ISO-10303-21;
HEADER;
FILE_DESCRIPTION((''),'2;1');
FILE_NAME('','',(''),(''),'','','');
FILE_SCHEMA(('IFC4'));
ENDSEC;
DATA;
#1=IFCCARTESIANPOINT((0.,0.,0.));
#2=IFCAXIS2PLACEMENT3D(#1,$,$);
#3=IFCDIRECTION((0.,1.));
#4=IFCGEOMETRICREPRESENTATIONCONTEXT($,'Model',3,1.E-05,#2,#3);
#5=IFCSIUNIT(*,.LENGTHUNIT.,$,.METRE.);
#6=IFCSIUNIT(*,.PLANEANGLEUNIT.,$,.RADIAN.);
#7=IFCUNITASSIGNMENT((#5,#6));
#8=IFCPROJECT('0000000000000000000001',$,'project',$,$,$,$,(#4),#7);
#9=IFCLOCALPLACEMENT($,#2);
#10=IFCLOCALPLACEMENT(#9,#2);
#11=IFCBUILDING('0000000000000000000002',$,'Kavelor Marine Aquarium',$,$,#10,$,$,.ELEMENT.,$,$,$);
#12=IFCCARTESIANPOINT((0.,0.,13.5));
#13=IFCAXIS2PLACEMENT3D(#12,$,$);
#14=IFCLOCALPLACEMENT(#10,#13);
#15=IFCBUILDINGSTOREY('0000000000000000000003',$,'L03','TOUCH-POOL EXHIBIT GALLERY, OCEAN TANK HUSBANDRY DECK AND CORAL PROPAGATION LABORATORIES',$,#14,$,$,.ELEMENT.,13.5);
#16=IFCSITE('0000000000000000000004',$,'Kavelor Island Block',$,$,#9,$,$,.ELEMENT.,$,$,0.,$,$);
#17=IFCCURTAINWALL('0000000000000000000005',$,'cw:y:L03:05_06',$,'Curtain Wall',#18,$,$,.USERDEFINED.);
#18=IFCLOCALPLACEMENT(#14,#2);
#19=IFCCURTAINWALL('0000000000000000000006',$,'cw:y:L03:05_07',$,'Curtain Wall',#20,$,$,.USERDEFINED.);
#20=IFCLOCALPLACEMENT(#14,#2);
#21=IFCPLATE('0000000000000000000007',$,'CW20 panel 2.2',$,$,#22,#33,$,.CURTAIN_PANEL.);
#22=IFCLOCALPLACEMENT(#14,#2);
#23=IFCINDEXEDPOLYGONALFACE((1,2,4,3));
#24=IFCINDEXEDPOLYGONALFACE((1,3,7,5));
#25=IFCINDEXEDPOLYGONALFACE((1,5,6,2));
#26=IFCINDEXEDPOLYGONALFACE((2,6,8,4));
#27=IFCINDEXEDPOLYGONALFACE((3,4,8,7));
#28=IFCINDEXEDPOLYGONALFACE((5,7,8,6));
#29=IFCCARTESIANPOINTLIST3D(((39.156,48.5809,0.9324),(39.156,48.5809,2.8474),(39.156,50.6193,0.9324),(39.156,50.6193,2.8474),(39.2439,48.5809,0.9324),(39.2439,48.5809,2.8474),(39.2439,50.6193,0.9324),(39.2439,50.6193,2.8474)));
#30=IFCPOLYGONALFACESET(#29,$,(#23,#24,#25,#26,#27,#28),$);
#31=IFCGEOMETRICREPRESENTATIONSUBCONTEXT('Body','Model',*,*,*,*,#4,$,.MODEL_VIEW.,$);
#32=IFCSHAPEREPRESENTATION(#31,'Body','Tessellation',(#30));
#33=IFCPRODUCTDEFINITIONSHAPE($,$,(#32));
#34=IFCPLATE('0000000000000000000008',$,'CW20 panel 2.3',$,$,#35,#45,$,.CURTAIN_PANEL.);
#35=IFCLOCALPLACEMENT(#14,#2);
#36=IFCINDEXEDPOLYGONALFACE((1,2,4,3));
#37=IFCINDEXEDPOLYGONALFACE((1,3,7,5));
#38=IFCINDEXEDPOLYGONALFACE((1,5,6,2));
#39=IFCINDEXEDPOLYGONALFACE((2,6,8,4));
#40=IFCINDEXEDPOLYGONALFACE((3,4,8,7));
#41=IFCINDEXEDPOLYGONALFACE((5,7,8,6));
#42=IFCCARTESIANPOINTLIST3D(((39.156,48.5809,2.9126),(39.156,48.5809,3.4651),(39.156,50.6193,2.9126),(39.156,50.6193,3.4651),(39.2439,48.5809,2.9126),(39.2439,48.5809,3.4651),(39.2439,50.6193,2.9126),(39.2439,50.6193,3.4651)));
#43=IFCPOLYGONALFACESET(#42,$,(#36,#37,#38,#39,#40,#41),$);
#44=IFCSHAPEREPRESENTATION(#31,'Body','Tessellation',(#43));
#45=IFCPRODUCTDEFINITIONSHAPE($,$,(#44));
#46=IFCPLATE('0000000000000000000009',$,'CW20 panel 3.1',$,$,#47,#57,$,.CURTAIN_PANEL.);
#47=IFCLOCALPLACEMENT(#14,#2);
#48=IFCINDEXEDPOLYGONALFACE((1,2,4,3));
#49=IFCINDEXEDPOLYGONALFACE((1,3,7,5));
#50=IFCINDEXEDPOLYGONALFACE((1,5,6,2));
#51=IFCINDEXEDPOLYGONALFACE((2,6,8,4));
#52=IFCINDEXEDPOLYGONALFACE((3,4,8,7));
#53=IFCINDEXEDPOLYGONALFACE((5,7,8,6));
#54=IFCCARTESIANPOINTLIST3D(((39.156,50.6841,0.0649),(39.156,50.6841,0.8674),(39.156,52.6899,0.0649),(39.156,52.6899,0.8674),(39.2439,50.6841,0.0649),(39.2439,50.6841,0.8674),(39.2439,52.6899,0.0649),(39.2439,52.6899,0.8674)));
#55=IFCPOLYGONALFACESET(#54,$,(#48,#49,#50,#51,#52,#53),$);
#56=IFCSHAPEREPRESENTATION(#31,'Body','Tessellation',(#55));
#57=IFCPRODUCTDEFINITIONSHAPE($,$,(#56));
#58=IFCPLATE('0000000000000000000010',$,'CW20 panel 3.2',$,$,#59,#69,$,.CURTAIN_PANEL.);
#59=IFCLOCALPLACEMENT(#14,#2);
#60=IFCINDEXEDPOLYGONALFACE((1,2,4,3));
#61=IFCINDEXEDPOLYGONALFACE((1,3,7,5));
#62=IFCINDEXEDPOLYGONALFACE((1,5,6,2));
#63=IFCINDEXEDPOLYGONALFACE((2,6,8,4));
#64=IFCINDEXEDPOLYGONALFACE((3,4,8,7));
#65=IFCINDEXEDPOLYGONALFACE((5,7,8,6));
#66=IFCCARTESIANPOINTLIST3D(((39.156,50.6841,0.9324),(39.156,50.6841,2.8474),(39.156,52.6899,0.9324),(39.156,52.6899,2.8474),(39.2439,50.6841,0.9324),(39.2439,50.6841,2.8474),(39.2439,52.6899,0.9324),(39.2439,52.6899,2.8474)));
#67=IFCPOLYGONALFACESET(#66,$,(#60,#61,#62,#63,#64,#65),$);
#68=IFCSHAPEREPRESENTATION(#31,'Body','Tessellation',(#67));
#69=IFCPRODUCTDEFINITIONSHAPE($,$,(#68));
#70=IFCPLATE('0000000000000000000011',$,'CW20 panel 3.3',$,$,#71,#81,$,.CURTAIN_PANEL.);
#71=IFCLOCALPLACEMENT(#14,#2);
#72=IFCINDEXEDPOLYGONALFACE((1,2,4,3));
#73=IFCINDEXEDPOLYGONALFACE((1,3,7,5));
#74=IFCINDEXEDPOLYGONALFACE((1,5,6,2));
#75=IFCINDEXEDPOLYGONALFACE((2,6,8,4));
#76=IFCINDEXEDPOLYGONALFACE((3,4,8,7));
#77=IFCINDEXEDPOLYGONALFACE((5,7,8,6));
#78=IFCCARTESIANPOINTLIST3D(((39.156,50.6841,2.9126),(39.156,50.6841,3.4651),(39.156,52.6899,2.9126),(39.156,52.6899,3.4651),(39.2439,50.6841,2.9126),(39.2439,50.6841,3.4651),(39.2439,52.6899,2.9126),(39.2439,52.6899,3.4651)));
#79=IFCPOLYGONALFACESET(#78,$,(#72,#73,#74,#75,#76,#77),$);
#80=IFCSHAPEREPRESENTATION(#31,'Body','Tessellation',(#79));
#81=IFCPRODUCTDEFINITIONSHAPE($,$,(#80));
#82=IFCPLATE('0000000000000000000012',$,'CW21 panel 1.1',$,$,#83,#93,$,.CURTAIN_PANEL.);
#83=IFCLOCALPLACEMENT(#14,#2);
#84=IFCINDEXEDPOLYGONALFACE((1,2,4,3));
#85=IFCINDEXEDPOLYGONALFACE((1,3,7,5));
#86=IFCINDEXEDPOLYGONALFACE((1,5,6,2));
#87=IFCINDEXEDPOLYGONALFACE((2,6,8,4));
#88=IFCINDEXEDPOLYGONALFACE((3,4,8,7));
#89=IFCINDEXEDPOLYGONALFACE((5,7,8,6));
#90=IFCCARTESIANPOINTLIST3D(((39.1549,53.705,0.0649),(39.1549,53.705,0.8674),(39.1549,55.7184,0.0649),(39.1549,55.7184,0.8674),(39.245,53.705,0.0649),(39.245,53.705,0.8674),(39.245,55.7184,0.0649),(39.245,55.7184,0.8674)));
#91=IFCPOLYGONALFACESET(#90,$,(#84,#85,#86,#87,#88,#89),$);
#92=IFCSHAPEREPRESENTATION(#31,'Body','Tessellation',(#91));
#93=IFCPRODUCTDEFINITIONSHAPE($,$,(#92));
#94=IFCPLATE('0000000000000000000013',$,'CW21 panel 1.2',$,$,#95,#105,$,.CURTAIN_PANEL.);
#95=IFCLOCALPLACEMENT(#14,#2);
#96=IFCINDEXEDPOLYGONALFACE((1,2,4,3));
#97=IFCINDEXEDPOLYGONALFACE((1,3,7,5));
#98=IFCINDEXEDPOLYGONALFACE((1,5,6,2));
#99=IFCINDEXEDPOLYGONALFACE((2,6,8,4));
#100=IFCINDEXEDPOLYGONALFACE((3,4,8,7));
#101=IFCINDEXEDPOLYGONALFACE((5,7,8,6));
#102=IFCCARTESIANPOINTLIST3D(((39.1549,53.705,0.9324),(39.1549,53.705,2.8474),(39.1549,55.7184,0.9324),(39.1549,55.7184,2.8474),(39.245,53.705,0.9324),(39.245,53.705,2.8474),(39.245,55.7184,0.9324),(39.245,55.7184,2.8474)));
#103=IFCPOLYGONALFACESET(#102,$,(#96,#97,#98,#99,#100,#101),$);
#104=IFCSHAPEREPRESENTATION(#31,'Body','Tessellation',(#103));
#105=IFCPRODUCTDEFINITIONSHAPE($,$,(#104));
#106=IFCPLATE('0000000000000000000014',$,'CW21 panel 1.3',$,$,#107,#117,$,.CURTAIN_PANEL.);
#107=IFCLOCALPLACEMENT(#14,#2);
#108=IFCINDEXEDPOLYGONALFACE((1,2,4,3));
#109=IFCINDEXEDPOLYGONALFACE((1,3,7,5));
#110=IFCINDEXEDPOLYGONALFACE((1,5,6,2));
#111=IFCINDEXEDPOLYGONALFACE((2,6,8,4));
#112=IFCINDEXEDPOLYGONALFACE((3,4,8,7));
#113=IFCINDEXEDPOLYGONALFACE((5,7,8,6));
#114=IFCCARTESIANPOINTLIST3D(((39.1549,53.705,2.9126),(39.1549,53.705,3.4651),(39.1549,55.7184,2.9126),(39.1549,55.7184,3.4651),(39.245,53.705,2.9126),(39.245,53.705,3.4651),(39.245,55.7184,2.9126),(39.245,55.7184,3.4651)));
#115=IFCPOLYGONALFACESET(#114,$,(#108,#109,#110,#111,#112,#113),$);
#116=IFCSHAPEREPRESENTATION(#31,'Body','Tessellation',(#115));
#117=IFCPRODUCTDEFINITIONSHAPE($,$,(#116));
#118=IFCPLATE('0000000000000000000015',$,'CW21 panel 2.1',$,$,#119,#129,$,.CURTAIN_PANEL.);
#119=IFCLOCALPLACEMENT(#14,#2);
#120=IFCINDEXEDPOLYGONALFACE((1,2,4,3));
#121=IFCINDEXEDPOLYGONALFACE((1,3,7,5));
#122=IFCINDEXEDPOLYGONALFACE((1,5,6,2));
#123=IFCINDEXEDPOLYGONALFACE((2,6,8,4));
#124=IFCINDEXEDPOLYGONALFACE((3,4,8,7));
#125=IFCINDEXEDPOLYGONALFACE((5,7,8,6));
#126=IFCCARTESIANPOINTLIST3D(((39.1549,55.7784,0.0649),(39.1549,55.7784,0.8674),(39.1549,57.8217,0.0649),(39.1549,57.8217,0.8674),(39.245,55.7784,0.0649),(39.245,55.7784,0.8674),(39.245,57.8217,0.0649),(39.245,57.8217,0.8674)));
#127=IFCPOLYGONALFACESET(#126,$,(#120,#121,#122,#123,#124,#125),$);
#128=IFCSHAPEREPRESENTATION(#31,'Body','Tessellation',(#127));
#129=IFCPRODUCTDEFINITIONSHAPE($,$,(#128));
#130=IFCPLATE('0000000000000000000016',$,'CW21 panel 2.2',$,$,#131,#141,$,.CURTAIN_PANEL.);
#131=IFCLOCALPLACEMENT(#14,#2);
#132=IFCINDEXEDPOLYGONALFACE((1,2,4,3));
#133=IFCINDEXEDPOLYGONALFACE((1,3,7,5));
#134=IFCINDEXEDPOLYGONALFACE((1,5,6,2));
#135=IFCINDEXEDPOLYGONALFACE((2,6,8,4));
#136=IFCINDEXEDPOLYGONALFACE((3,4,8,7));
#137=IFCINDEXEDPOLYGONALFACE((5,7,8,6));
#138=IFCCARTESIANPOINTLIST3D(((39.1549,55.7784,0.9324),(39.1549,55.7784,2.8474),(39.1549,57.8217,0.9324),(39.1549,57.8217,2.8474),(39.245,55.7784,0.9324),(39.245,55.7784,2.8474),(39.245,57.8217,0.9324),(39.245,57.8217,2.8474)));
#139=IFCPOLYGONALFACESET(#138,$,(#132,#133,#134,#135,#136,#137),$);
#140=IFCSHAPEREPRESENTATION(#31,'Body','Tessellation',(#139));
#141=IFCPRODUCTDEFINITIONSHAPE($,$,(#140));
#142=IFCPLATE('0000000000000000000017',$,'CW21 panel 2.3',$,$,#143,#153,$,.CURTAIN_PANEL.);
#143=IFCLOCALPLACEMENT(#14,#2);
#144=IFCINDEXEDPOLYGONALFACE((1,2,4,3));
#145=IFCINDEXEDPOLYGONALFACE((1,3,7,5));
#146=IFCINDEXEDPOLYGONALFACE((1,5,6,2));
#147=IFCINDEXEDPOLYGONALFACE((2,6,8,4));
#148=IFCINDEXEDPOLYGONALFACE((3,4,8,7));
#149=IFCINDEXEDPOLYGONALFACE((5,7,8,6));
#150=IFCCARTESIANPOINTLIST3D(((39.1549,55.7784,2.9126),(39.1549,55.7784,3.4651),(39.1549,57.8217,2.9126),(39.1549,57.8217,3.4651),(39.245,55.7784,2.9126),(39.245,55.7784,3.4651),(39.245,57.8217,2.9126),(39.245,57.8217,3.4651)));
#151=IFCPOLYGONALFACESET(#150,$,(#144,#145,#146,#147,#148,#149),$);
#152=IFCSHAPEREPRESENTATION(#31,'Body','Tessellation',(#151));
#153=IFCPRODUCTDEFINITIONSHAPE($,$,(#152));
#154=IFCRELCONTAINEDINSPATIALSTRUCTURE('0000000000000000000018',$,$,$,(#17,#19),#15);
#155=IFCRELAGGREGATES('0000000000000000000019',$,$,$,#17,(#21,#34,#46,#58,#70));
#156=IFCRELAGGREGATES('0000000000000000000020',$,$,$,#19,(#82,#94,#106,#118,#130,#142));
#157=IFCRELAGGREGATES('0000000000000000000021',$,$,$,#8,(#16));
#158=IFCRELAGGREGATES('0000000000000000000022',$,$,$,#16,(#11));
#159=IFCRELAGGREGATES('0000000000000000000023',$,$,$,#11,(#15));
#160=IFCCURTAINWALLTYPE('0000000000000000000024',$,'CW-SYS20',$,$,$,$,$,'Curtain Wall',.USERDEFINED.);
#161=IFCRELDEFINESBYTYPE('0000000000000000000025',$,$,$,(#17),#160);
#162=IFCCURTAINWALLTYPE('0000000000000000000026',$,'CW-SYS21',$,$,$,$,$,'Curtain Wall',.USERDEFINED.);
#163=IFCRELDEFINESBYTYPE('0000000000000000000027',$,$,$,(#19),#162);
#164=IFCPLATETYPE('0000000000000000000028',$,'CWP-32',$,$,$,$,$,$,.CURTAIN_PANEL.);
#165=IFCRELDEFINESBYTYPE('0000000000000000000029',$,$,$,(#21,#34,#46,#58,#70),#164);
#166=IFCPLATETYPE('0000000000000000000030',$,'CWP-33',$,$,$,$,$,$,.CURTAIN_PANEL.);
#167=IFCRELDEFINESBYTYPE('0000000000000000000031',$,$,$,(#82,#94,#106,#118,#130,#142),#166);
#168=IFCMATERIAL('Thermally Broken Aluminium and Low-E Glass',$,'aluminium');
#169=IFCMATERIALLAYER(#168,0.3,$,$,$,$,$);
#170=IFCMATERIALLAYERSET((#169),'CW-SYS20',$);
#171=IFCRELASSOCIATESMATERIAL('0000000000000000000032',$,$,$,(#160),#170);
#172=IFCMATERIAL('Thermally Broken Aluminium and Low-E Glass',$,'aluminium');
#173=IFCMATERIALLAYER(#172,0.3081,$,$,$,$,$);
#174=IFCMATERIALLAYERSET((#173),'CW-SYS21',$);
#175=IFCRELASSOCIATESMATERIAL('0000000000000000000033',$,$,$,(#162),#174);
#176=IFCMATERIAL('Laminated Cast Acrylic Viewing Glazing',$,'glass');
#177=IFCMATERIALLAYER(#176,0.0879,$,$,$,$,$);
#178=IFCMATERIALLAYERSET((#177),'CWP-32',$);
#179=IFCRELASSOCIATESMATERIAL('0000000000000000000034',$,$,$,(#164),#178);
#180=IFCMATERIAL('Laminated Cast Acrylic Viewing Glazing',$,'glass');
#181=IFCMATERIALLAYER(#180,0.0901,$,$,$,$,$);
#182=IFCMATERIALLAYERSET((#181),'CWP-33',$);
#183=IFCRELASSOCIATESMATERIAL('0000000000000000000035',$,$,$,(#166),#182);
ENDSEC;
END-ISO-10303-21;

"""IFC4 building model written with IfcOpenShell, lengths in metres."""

from ifc_helpers import new_model, si_unit, direction, frame, origin, origin_2d, place, context, subcontext, project, spatial, rectangle, extrude, material, layer, layer_set, type_object, element, aggregate, save


model = new_model("IFC4")

# Units and contexts
model_context = context("Model", 3, precision=1e-05, world=origin(), true_north=direction((0.0, 1.0)))
body_context = subcontext(model_context, "Body", "Model", "MODEL_VIEW")
ifc_project = project(units=[si_unit("LENGTHUNIT", "METRE"), si_unit("PLANEANGLEUNIT", "RADIAN")], contexts=[model_context])

# Site, building, storey
site_placement = place(None, origin())
site = spatial("IfcSite", under=ifc_project, at=site_placement, Name="Kavelor Island Block", CompositionType="ELEMENT", RefElevation=0.0)
building_placement = place(site_placement, origin())
building = spatial("IfcBuilding", under=site, at=building_placement, Name="Kavelor Marine Aquarium", CompositionType="ELEMENT")
storey_placement = place(building_placement, frame((0.0, 0.0, 13.5)))
storey = spatial("IfcBuildingStorey", under=building, at=storey_placement, Name="L03", Description="TOUCH-POOL EXHIBIT GALLERY, OCEAN TANK HUSBANDRY DECK AND CORAL PROPAGATION LABORATORIES", CompositionType="ELEMENT", Elevation=13.5)

# Curtain walls
ifc_material_1 = material(Name="Thermally Broken Aluminium and Low-E Glass", Category="aluminium")
ifc_layer_1 = layer(ifc_material_1, 0.3)
ifc_layer_set_1 = layer_set([ifc_layer_1], Name="CW-SYS20")
curtain_wall_type_1 = type_object("IfcCurtainWallType", Name="CW-SYS20", ElementType="Curtain Wall", PredefinedType="USERDEFINED", material=ifc_layer_set_1)
curtain_wall_1_placement = place(storey_placement, origin())
curtain_wall_1 = element("IfcCurtainWall", 1, at=curtain_wall_1_placement, inside=storey, type_object=curtain_wall_type_1, Name="cw:y:L03:05_06", ObjectType="Curtain Wall", PredefinedType="USERDEFINED")
ifc_material_2 = material(Name="Thermally Broken Aluminium and Low-E Glass", Category="aluminium")
ifc_layer_2 = layer(ifc_material_2, 0.3081)
ifc_layer_set_2 = layer_set([ifc_layer_2], Name="CW-SYS21")
curtain_wall_type_2 = type_object("IfcCurtainWallType", Name="CW-SYS21", ElementType="Curtain Wall", PredefinedType="USERDEFINED", material=ifc_layer_set_2)
curtain_wall_2_placement = place(storey_placement, origin())
curtain_wall_2 = element("IfcCurtainWall", 2, at=curtain_wall_2_placement, inside=storey, type_object=curtain_wall_type_2, Name="cw:y:L03:05_07", ObjectType="Curtain Wall", PredefinedType="USERDEFINED")

# Plates
ifc_material_3 = material(Name="Laminated Cast Acrylic Viewing Glazing", Category="glass")
ifc_layer_3 = layer(ifc_material_3, 0.0879)
ifc_layer_set_3 = layer_set([ifc_layer_3], Name="CWP-32")
plate_type_1 = type_object("IfcPlateType", Name="CWP-32", PredefinedType="CURTAIN_PANEL", material=ifc_layer_set_3)
plate_1_placement = place(storey_placement, frame((39.2, 49.6001, 0.9324), z_axis=(0.0, 0.0, 1.0), x_axis=(0.0, 1.0, 0.0)))
plate_1 = element("IfcPlate", 3, at=plate_1_placement, type_object=plate_type_1, Name="CW20 panel 2.2", PredefinedType="CURTAIN_PANEL", context=body_context, shape_type="SweptSolid", body=[
    extrude(rectangle(XDim=2.0383, YDim=0.0879, at=origin_2d()), origin(), (0.0, 0.0, 1.0), 1.915),
])
plate_2_placement = place(storey_placement, frame((39.2, 49.6001, 2.9126), z_axis=(0.0, 0.0, 1.0), x_axis=(0.0, 1.0, 0.0)))
plate_2 = element("IfcPlate", 4, at=plate_2_placement, type_object=plate_type_1, Name="CW20 panel 2.3", PredefinedType="CURTAIN_PANEL", context=body_context, shape_type="SweptSolid", body=[
    extrude(rectangle(XDim=2.0383, YDim=0.0879, at=origin_2d()), origin(), (0.0, 0.0, 1.0), 0.5525),
])
plate_3_placement = place(storey_placement, frame((39.2, 51.687, 0.0649), z_axis=(0.0, 0.0, 1.0), x_axis=(0.0, 1.0, 0.0)))
plate_3 = element("IfcPlate", 5, at=plate_3_placement, type_object=plate_type_1, Name="CW20 panel 3.1", PredefinedType="CURTAIN_PANEL", context=body_context, shape_type="SweptSolid", body=[
    extrude(rectangle(XDim=2.0059, YDim=0.0879, at=origin_2d()), origin(), (0.0, 0.0, 1.0), 0.8025),
])
plate_4_placement = place(storey_placement, frame((39.2, 51.687, 0.9324), z_axis=(0.0, 0.0, 1.0), x_axis=(0.0, 1.0, 0.0)))
plate_4 = element("IfcPlate", 6, at=plate_4_placement, type_object=plate_type_1, Name="CW20 panel 3.2", PredefinedType="CURTAIN_PANEL", context=body_context, shape_type="SweptSolid", body=[
    extrude(rectangle(XDim=2.0059, YDim=0.0879, at=origin_2d()), origin(), (0.0, 0.0, 1.0), 1.915),
])
plate_5_placement = place(storey_placement, frame((39.2, 51.687, 2.9126), z_axis=(0.0, 0.0, 1.0), x_axis=(0.0, 1.0, 0.0)))
plate_5 = element("IfcPlate", 7, at=plate_5_placement, type_object=plate_type_1, Name="CW20 panel 3.3", PredefinedType="CURTAIN_PANEL", context=body_context, shape_type="SweptSolid", body=[
    extrude(rectangle(XDim=2.0059, YDim=0.0879, at=origin_2d()), origin(), (0.0, 0.0, 1.0), 0.5525),
])
aggregate(curtain_wall_1, [plate_1, plate_2, plate_3, plate_4, plate_5])
ifc_material_4 = material(Name="Laminated Cast Acrylic Viewing Glazing", Category="glass")
ifc_layer_4 = layer(ifc_material_4, 0.0901)
ifc_layer_set_4 = layer_set([ifc_layer_4], Name="CWP-33")
plate_type_2 = type_object("IfcPlateType", Name="CWP-33", PredefinedType="CURTAIN_PANEL", material=ifc_layer_set_4)
plate_6_placement = place(storey_placement, frame((39.2, 54.7117, 0.0649), z_axis=(0.0, 0.0, 1.0), x_axis=(0.0, 1.0, 0.0)))
plate_6 = element("IfcPlate", 8, at=plate_6_placement, type_object=plate_type_2, Name="CW21 panel 1.1", PredefinedType="CURTAIN_PANEL", context=body_context, shape_type="SweptSolid", body=[
    extrude(rectangle(XDim=2.0134, YDim=0.0901, at=origin_2d()), origin(), (0.0, 0.0, 1.0), 0.8025),
])
plate_7_placement = place(storey_placement, frame((39.2, 54.7117, 0.9324), z_axis=(0.0, 0.0, 1.0), x_axis=(0.0, 1.0, 0.0)))
plate_7 = element("IfcPlate", 9, at=plate_7_placement, type_object=plate_type_2, Name="CW21 panel 1.2", PredefinedType="CURTAIN_PANEL", context=body_context, shape_type="SweptSolid", body=[
    extrude(rectangle(XDim=2.0134, YDim=0.0901, at=origin_2d()), origin(), (0.0, 0.0, 1.0), 1.915),
])
plate_8_placement = place(storey_placement, frame((39.2, 54.7117, 2.9126), z_axis=(0.0, 0.0, 1.0), x_axis=(0.0, 1.0, 0.0)))
plate_8 = element("IfcPlate", 10, at=plate_8_placement, type_object=plate_type_2, Name="CW21 panel 1.3", PredefinedType="CURTAIN_PANEL", context=body_context, shape_type="SweptSolid", body=[
    extrude(rectangle(XDim=2.0134, YDim=0.0901, at=origin_2d()), origin(), (0.0, 0.0, 1.0), 0.5525),
])
plate_9_placement = place(storey_placement, frame((39.2, 56.8, 0.0649), z_axis=(0.0, 0.0, 1.0), x_axis=(0.0, 1.0, 0.0)))
plate_9 = element("IfcPlate", 11, at=plate_9_placement, type_object=plate_type_2, Name="CW21 panel 2.1", PredefinedType="CURTAIN_PANEL", context=body_context, shape_type="SweptSolid", body=[
    extrude(rectangle(XDim=2.0432, YDim=0.0901, at=origin_2d()), origin(), (0.0, 0.0, 1.0), 0.8025),
])
plate_10_placement = place(storey_placement, frame((39.2, 56.8, 0.9324), z_axis=(0.0, 0.0, 1.0), x_axis=(0.0, 1.0, 0.0)))
plate_10 = element("IfcPlate", 12, at=plate_10_placement, type_object=plate_type_2, Name="CW21 panel 2.2", PredefinedType="CURTAIN_PANEL", context=body_context, shape_type="SweptSolid", body=[
    extrude(rectangle(XDim=2.0432, YDim=0.0901, at=origin_2d()), origin(), (0.0, 0.0, 1.0), 1.915),
])
plate_11_placement = place(storey_placement, frame((39.2, 56.8, 2.9126), z_axis=(0.0, 0.0, 1.0), x_axis=(0.0, 1.0, 0.0)))
plate_11 = element("IfcPlate", 13, at=plate_11_placement, type_object=plate_type_2, Name="CW21 panel 2.3", PredefinedType="CURTAIN_PANEL", context=body_context, shape_type="SweptSolid", body=[
    extrude(rectangle(XDim=2.0432, YDim=0.0901, at=origin_2d()), origin(), (0.0, 0.0, 1.0), 0.5525),
])
aggregate(curtain_wall_2, [plate_6, plate_7, plate_8, plate_9, plate_10, plate_11])

save(model, "model.ifc")
